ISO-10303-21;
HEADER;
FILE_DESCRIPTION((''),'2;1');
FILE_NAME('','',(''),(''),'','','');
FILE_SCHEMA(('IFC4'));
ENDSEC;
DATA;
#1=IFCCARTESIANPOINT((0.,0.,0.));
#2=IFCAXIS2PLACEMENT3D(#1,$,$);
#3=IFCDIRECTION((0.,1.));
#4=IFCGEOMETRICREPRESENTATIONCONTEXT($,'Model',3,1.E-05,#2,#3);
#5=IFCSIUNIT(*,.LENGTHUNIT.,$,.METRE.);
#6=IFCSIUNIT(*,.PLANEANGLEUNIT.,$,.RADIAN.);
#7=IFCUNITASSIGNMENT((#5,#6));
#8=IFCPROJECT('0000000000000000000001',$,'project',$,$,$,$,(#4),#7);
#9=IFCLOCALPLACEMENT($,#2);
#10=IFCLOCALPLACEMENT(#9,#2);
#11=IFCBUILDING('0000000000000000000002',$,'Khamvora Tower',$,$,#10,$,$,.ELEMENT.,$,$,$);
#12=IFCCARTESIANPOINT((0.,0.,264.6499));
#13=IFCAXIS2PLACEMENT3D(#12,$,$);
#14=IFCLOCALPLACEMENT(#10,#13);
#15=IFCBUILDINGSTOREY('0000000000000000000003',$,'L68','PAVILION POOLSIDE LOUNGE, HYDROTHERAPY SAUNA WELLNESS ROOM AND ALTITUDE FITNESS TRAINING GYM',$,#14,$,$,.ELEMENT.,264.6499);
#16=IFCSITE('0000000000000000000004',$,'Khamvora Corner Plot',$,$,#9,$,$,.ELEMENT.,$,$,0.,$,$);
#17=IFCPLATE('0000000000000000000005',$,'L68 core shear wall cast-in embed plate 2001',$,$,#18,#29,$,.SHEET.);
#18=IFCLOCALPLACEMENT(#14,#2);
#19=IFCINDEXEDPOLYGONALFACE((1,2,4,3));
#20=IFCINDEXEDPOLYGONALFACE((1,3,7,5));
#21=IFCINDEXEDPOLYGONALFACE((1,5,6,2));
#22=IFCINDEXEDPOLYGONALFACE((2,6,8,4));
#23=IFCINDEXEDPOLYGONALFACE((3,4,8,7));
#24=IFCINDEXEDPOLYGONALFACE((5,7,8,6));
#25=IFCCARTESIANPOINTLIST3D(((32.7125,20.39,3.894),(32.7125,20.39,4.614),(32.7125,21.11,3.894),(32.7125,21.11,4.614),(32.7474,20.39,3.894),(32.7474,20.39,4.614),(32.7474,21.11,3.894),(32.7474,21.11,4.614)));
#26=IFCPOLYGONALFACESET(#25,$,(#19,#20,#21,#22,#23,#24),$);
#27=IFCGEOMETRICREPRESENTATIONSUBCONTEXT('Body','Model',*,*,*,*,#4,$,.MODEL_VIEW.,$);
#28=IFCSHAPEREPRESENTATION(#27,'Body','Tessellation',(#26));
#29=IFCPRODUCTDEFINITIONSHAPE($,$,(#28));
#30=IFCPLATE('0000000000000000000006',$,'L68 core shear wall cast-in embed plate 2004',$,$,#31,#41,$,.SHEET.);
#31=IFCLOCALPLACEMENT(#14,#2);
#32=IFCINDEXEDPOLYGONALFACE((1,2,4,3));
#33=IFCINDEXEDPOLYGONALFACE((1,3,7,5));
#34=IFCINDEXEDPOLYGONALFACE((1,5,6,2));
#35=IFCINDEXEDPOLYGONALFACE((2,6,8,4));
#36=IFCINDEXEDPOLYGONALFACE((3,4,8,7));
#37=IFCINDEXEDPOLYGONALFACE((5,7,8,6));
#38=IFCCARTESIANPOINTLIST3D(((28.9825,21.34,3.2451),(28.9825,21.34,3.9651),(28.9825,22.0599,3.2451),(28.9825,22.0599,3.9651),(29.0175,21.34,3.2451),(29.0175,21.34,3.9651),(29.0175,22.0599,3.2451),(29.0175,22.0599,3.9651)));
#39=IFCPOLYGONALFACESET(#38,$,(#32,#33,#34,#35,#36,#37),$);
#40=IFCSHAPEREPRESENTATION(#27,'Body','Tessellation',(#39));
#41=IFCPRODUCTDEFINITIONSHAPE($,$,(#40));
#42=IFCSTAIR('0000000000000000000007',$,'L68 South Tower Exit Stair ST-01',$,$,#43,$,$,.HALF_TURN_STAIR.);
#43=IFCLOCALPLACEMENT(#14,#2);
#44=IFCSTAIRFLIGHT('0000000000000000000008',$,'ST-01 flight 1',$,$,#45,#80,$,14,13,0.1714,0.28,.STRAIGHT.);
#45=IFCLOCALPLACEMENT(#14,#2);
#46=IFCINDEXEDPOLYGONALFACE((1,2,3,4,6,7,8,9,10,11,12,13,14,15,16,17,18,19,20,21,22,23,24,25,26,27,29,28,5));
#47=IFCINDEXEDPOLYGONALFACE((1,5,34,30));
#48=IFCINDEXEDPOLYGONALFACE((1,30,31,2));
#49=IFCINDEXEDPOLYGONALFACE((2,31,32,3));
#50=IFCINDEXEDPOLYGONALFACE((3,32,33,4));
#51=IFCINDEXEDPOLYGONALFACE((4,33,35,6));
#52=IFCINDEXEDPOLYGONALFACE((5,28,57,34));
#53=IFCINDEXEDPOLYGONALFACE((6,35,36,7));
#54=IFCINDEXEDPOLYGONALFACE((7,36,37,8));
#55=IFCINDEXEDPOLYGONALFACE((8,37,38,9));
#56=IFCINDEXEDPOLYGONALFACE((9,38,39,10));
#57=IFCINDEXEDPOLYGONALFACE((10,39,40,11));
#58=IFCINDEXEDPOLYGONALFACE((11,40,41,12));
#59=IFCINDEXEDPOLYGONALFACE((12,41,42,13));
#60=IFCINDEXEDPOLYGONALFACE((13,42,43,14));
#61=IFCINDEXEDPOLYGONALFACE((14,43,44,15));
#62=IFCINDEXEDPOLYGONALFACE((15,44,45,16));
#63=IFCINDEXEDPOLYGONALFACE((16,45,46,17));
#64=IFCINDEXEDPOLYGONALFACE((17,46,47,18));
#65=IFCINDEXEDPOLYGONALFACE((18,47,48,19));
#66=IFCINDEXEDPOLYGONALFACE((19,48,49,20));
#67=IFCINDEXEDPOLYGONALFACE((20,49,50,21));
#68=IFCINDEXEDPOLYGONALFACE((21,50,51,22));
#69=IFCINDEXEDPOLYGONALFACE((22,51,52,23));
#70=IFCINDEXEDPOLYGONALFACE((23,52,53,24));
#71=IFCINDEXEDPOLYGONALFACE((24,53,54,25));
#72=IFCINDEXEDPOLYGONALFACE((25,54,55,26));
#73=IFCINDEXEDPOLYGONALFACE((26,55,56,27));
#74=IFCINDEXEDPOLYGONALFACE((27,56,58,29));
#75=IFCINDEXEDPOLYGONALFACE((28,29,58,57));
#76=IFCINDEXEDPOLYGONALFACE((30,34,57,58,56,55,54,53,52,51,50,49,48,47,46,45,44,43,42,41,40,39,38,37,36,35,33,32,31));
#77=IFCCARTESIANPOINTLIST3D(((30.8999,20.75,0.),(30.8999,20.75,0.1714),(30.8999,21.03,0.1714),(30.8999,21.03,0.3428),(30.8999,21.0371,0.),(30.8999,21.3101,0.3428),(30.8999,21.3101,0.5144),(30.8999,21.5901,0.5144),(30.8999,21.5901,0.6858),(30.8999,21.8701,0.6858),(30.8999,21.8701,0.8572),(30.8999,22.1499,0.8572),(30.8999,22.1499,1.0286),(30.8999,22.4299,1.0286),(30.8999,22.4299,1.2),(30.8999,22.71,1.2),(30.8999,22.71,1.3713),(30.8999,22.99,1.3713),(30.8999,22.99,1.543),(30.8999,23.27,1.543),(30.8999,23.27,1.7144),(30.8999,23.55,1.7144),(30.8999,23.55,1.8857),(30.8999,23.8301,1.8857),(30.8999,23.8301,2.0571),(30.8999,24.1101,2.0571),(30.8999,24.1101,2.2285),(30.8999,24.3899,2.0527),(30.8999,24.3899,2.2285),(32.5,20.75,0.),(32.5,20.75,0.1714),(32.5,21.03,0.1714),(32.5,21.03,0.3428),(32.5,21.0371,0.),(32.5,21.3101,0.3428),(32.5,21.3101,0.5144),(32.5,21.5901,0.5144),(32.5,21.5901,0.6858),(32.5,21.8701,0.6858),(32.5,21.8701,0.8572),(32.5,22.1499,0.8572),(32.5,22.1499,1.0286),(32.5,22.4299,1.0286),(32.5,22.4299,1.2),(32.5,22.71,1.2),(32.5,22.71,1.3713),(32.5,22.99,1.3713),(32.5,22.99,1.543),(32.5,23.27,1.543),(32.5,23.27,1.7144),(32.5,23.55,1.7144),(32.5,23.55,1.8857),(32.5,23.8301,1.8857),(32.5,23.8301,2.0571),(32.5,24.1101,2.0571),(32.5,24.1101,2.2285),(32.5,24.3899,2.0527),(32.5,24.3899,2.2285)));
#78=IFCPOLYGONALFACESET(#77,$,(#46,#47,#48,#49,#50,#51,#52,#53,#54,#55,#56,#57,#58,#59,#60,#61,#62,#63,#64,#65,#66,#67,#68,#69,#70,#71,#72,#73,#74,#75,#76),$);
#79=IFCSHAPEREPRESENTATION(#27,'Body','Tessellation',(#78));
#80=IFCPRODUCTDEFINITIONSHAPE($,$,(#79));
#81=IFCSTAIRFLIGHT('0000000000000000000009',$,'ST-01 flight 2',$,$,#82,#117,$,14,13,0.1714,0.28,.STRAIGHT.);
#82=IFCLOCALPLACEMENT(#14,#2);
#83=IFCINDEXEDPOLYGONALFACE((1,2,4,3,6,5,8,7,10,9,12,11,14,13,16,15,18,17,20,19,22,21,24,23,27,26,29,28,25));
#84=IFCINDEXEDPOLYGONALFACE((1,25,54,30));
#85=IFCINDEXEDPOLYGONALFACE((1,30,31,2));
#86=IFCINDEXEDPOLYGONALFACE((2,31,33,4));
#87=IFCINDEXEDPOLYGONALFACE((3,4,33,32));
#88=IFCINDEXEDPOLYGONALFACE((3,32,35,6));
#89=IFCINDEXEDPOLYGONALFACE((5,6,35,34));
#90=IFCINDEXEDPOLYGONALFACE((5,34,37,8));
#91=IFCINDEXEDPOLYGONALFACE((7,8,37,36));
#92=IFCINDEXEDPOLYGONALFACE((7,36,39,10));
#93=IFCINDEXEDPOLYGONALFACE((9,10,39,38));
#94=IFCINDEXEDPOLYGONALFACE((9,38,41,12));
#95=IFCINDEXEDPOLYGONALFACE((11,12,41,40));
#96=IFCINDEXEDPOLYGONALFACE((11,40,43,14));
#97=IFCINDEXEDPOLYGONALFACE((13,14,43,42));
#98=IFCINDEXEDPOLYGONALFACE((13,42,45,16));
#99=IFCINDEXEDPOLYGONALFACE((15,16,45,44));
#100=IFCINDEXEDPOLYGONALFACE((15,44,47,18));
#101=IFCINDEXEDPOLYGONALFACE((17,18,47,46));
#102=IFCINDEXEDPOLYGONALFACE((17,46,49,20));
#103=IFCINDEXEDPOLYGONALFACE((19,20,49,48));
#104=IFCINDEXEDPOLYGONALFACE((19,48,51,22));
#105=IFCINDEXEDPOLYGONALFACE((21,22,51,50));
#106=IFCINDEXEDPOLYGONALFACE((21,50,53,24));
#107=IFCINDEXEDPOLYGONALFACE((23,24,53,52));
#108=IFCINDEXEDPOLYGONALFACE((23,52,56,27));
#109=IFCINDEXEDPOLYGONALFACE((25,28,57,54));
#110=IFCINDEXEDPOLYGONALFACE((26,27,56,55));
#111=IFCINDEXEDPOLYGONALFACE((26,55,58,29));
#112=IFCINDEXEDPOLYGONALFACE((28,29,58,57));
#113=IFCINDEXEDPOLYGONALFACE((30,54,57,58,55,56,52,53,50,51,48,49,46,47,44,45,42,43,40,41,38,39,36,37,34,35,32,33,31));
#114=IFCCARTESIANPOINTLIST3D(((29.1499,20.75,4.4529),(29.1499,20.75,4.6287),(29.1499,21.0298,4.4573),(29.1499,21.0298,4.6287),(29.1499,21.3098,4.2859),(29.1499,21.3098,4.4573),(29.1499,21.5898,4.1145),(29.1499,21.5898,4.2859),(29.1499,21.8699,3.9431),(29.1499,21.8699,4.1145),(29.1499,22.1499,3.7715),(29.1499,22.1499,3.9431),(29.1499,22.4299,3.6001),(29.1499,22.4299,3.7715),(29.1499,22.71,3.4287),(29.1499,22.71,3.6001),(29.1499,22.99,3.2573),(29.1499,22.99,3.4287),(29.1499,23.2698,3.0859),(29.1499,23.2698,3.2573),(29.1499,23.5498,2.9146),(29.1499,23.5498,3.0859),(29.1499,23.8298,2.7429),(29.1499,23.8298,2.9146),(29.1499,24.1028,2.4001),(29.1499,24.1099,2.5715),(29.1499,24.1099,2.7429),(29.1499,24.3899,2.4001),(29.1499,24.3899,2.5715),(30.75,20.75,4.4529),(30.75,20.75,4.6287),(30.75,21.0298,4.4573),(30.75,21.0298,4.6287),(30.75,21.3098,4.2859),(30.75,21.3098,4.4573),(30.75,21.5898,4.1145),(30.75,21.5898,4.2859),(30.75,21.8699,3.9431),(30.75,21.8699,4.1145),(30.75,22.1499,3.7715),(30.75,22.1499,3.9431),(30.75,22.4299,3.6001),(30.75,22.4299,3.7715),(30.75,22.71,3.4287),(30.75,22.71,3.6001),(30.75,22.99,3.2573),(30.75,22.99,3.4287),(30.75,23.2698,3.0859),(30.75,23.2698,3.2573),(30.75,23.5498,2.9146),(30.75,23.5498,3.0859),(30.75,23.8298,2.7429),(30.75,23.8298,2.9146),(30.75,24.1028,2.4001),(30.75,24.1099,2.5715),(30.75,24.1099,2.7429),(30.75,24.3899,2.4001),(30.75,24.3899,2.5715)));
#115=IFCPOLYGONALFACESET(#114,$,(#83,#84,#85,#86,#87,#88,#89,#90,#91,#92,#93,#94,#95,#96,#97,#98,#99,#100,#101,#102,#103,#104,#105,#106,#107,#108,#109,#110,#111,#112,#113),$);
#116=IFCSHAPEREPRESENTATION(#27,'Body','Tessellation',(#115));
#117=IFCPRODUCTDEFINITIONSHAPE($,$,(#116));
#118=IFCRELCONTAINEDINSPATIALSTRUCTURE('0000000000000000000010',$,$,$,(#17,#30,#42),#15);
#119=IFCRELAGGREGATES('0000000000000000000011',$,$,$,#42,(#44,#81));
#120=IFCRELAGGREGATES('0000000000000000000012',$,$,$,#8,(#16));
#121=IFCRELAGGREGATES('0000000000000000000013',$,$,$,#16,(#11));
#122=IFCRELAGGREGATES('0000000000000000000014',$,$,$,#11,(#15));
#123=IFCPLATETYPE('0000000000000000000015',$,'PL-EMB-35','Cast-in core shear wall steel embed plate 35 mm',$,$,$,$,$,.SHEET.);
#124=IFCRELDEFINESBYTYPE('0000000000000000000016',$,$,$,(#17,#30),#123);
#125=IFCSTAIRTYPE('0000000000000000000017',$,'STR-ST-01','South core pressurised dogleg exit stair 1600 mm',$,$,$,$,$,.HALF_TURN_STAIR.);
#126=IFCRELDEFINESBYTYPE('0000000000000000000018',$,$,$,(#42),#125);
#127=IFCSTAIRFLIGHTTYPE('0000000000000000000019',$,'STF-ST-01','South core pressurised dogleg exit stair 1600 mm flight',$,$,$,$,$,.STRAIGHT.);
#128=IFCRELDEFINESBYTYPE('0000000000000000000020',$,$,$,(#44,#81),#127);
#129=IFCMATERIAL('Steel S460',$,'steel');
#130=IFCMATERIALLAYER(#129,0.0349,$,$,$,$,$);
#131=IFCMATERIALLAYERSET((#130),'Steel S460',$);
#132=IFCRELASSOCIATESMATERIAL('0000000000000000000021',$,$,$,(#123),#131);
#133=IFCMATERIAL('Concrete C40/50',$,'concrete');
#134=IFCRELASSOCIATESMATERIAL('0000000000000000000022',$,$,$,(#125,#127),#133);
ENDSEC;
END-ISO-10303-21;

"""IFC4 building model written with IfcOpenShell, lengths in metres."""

from ifc_helpers import new_model, si_unit, direction, frame, origin, origin_2d, place, context, subcontext, project, spatial, polyline, rectangle, outline, extrude, material, layer, layer_set, type_object, element, aggregate, save


model = new_model("IFC4")

# Units and contexts
model_context = context("Model", 3, precision=1e-05, world=origin(), true_north=direction((0.0, 1.0)))
body_context = subcontext(model_context, "Body", "Model", "MODEL_VIEW")
ifc_project = project(units=[si_unit("LENGTHUNIT", "METRE"), si_unit("PLANEANGLEUNIT", "RADIAN")], contexts=[model_context])

# Site, building, storey
site_placement = place(None, origin())
site = spatial("IfcSite", under=ifc_project, at=site_placement, Name="Khamvora Corner Plot", CompositionType="ELEMENT", RefElevation=0.0)
building_placement = place(site_placement, origin())
building = spatial("IfcBuilding", under=site, at=building_placement, Name="Khamvora Tower", CompositionType="ELEMENT")
storey_placement = place(building_placement, frame((0.0, 0.0, 264.6499)))
storey = spatial("IfcBuildingStorey", under=building, at=storey_placement, Name="L68", Description="PAVILION POOLSIDE LOUNGE, HYDROTHERAPY SAUNA WELLNESS ROOM AND ALTITUDE FITNESS TRAINING GYM", CompositionType="ELEMENT", Elevation=264.6499)

# Plates
ifc_material_1 = material(Name="Steel S460", Category="steel")
ifc_layer_1 = layer(ifc_material_1, 0.0349)
ifc_layer_set_1 = layer_set([ifc_layer_1], Name="Steel S460")
plate_type = type_object("IfcPlateType", Name="PL-EMB-35", Description="Cast-in core shear wall steel embed plate 35 mm", PredefinedType="SHEET", material=ifc_layer_set_1)
for number, where, z_axis, x_axis, name in (
    (1, (32.73, 20.75, 3.894), (0.0, 0.0, 1.0), (1.0, 0.0, 0.0), "L68 core shear wall cast-in embed plate 2001"),
    (2, (29.0, 21.7, 3.2451), (0.0, 0.0, 1.0), (1.0, 0.0, 0.0), "L68 core shear wall cast-in embed plate 2004"),
):
    element("IfcPlate", number, at=place(storey_placement, frame(where, z_axis=z_axis, x_axis=x_axis)), inside=storey, type_object=plate_type, Name=name, PredefinedType="SHEET", context=body_context, shape_type="SweptSolid", body=[
        extrude(rectangle(XDim=0.0349, YDim=0.72, at=origin_2d()), origin(), (0.0, 0.0, 1.0), 0.72),
    ])

# Stair, stair flights
ifc_material_2 = material(Name="Concrete C40/50", Category="concrete")
stair_type = type_object("IfcStairType", Name="STR-ST-01", Description="South core pressurised dogleg exit stair 1600 mm", PredefinedType="HALF_TURN_STAIR", material=ifc_material_2)
stair_placement = place(storey_placement, origin())
stair = element("IfcStair", 3, at=stair_placement, inside=storey, type_object=stair_type, Name="L68 South Tower Exit Stair ST-01", PredefinedType="HALF_TURN_STAIR")
stair_flight_type = type_object("IfcStairFlightType", Name="STF-ST-01", Description="South core pressurised dogleg exit stair 1600 mm flight", PredefinedType="STRAIGHT", material=ifc_material_2)
stair_flight_1_placement = place(storey_placement, frame((31.7, 20.75, 0.0), z_axis=(0.0, 0.0, 1.0), x_axis=(0.0, 1.0, 0.0)))
stair_flight_1 = element("IfcStairFlight", 4, at=stair_flight_1_placement, type_object=stair_flight_type, Name="ST-01 flight 1", NumberOfRisers=14, NumberOfTreads=13, PredefinedType="STRAIGHT", RiserHeight=0.1714, TreadLength=0.28, context=body_context, shape_type="SweptSolid", body=[
    extrude(outline(polyline([(0.0, 0.0), (0.0, 0.1714), (0.28, 0.1714), (0.28, 0.3428), (0.5601, 0.3428), (0.5601, 0.5144), (0.8401, 0.5144), (0.8401, 0.6858), (1.1201, 0.6858), (1.1201, 0.8572), (1.3999, 0.8572), (1.3999, 1.0286), (1.6799, 1.0286), (1.6799, 1.2), (1.96, 1.2), (1.96, 1.3713), (2.24, 1.3713), (2.24, 1.543), (2.52, 1.543), (2.52, 1.7144), (2.8, 1.7144), (2.8, 1.8857), (3.0801, 1.8857), (3.0801, 2.0571), (3.3601, 2.0571), (3.3601, 2.2285), (3.6399, 2.2285), (3.6399, 2.3999), (3.6399, 2.0527), (0.2871, 0.0), (0.0, 0.0)])), frame((0.0, 0.8, 0.0), z_axis=(0.0, -1.0, 0.0), x_axis=(1.0, 0.0, 0.0)), (0.0, 0.0, 1.0), 1.6001),
])
stair_flight_2_placement = place(storey_placement, frame((29.95, 24.3899, 2.4001), z_axis=(0.0, 0.0, 1.0), x_axis=(0.0, -1.0, 0.0)))
stair_flight_2 = element("IfcStairFlight", 5, at=stair_flight_2_placement, type_object=stair_flight_type, Name="ST-01 flight 2", NumberOfRisers=14, NumberOfTreads=13, PredefinedType="STRAIGHT", RiserHeight=0.1714, TreadLength=0.28, context=body_context, shape_type="SweptSolid", body=[
    extrude(outline(polyline([(0.0, 0.0), (0.0, 0.1714), (0.28, 0.1714), (0.28, 0.3428), (0.5601, 0.3428), (0.5601, 0.5144), (0.8401, 0.5144), (0.8401, 0.6858), (1.1201, 0.6858), (1.1201, 0.8572), (1.3999, 0.8572), (1.3999, 1.0286), (1.6799, 1.0286), (1.6799, 1.2), (1.96, 1.2), (1.96, 1.3713), (2.24, 1.3713), (2.24, 1.543), (2.52, 1.543), (2.52, 1.7144), (2.8, 1.7144), (2.8, 1.8857), (3.0801, 1.8857), (3.0801, 2.0571), (3.3601, 2.0571), (3.3601, 2.2285), (3.6399, 2.2285), (3.6399, 2.3999), (3.6399, 2.0527), (0.2871, 0.0), (0.0, 0.0)])), frame((0.0, 0.8, 0.0), z_axis=(0.0, -1.0, 0.0), x_axis=(1.0, 0.0, 0.0)), (0.0, 0.0, 1.0), 1.6001),
])
aggregate(stair, [stair_flight_1, stair_flight_2])

save(model, "model.ifc")
